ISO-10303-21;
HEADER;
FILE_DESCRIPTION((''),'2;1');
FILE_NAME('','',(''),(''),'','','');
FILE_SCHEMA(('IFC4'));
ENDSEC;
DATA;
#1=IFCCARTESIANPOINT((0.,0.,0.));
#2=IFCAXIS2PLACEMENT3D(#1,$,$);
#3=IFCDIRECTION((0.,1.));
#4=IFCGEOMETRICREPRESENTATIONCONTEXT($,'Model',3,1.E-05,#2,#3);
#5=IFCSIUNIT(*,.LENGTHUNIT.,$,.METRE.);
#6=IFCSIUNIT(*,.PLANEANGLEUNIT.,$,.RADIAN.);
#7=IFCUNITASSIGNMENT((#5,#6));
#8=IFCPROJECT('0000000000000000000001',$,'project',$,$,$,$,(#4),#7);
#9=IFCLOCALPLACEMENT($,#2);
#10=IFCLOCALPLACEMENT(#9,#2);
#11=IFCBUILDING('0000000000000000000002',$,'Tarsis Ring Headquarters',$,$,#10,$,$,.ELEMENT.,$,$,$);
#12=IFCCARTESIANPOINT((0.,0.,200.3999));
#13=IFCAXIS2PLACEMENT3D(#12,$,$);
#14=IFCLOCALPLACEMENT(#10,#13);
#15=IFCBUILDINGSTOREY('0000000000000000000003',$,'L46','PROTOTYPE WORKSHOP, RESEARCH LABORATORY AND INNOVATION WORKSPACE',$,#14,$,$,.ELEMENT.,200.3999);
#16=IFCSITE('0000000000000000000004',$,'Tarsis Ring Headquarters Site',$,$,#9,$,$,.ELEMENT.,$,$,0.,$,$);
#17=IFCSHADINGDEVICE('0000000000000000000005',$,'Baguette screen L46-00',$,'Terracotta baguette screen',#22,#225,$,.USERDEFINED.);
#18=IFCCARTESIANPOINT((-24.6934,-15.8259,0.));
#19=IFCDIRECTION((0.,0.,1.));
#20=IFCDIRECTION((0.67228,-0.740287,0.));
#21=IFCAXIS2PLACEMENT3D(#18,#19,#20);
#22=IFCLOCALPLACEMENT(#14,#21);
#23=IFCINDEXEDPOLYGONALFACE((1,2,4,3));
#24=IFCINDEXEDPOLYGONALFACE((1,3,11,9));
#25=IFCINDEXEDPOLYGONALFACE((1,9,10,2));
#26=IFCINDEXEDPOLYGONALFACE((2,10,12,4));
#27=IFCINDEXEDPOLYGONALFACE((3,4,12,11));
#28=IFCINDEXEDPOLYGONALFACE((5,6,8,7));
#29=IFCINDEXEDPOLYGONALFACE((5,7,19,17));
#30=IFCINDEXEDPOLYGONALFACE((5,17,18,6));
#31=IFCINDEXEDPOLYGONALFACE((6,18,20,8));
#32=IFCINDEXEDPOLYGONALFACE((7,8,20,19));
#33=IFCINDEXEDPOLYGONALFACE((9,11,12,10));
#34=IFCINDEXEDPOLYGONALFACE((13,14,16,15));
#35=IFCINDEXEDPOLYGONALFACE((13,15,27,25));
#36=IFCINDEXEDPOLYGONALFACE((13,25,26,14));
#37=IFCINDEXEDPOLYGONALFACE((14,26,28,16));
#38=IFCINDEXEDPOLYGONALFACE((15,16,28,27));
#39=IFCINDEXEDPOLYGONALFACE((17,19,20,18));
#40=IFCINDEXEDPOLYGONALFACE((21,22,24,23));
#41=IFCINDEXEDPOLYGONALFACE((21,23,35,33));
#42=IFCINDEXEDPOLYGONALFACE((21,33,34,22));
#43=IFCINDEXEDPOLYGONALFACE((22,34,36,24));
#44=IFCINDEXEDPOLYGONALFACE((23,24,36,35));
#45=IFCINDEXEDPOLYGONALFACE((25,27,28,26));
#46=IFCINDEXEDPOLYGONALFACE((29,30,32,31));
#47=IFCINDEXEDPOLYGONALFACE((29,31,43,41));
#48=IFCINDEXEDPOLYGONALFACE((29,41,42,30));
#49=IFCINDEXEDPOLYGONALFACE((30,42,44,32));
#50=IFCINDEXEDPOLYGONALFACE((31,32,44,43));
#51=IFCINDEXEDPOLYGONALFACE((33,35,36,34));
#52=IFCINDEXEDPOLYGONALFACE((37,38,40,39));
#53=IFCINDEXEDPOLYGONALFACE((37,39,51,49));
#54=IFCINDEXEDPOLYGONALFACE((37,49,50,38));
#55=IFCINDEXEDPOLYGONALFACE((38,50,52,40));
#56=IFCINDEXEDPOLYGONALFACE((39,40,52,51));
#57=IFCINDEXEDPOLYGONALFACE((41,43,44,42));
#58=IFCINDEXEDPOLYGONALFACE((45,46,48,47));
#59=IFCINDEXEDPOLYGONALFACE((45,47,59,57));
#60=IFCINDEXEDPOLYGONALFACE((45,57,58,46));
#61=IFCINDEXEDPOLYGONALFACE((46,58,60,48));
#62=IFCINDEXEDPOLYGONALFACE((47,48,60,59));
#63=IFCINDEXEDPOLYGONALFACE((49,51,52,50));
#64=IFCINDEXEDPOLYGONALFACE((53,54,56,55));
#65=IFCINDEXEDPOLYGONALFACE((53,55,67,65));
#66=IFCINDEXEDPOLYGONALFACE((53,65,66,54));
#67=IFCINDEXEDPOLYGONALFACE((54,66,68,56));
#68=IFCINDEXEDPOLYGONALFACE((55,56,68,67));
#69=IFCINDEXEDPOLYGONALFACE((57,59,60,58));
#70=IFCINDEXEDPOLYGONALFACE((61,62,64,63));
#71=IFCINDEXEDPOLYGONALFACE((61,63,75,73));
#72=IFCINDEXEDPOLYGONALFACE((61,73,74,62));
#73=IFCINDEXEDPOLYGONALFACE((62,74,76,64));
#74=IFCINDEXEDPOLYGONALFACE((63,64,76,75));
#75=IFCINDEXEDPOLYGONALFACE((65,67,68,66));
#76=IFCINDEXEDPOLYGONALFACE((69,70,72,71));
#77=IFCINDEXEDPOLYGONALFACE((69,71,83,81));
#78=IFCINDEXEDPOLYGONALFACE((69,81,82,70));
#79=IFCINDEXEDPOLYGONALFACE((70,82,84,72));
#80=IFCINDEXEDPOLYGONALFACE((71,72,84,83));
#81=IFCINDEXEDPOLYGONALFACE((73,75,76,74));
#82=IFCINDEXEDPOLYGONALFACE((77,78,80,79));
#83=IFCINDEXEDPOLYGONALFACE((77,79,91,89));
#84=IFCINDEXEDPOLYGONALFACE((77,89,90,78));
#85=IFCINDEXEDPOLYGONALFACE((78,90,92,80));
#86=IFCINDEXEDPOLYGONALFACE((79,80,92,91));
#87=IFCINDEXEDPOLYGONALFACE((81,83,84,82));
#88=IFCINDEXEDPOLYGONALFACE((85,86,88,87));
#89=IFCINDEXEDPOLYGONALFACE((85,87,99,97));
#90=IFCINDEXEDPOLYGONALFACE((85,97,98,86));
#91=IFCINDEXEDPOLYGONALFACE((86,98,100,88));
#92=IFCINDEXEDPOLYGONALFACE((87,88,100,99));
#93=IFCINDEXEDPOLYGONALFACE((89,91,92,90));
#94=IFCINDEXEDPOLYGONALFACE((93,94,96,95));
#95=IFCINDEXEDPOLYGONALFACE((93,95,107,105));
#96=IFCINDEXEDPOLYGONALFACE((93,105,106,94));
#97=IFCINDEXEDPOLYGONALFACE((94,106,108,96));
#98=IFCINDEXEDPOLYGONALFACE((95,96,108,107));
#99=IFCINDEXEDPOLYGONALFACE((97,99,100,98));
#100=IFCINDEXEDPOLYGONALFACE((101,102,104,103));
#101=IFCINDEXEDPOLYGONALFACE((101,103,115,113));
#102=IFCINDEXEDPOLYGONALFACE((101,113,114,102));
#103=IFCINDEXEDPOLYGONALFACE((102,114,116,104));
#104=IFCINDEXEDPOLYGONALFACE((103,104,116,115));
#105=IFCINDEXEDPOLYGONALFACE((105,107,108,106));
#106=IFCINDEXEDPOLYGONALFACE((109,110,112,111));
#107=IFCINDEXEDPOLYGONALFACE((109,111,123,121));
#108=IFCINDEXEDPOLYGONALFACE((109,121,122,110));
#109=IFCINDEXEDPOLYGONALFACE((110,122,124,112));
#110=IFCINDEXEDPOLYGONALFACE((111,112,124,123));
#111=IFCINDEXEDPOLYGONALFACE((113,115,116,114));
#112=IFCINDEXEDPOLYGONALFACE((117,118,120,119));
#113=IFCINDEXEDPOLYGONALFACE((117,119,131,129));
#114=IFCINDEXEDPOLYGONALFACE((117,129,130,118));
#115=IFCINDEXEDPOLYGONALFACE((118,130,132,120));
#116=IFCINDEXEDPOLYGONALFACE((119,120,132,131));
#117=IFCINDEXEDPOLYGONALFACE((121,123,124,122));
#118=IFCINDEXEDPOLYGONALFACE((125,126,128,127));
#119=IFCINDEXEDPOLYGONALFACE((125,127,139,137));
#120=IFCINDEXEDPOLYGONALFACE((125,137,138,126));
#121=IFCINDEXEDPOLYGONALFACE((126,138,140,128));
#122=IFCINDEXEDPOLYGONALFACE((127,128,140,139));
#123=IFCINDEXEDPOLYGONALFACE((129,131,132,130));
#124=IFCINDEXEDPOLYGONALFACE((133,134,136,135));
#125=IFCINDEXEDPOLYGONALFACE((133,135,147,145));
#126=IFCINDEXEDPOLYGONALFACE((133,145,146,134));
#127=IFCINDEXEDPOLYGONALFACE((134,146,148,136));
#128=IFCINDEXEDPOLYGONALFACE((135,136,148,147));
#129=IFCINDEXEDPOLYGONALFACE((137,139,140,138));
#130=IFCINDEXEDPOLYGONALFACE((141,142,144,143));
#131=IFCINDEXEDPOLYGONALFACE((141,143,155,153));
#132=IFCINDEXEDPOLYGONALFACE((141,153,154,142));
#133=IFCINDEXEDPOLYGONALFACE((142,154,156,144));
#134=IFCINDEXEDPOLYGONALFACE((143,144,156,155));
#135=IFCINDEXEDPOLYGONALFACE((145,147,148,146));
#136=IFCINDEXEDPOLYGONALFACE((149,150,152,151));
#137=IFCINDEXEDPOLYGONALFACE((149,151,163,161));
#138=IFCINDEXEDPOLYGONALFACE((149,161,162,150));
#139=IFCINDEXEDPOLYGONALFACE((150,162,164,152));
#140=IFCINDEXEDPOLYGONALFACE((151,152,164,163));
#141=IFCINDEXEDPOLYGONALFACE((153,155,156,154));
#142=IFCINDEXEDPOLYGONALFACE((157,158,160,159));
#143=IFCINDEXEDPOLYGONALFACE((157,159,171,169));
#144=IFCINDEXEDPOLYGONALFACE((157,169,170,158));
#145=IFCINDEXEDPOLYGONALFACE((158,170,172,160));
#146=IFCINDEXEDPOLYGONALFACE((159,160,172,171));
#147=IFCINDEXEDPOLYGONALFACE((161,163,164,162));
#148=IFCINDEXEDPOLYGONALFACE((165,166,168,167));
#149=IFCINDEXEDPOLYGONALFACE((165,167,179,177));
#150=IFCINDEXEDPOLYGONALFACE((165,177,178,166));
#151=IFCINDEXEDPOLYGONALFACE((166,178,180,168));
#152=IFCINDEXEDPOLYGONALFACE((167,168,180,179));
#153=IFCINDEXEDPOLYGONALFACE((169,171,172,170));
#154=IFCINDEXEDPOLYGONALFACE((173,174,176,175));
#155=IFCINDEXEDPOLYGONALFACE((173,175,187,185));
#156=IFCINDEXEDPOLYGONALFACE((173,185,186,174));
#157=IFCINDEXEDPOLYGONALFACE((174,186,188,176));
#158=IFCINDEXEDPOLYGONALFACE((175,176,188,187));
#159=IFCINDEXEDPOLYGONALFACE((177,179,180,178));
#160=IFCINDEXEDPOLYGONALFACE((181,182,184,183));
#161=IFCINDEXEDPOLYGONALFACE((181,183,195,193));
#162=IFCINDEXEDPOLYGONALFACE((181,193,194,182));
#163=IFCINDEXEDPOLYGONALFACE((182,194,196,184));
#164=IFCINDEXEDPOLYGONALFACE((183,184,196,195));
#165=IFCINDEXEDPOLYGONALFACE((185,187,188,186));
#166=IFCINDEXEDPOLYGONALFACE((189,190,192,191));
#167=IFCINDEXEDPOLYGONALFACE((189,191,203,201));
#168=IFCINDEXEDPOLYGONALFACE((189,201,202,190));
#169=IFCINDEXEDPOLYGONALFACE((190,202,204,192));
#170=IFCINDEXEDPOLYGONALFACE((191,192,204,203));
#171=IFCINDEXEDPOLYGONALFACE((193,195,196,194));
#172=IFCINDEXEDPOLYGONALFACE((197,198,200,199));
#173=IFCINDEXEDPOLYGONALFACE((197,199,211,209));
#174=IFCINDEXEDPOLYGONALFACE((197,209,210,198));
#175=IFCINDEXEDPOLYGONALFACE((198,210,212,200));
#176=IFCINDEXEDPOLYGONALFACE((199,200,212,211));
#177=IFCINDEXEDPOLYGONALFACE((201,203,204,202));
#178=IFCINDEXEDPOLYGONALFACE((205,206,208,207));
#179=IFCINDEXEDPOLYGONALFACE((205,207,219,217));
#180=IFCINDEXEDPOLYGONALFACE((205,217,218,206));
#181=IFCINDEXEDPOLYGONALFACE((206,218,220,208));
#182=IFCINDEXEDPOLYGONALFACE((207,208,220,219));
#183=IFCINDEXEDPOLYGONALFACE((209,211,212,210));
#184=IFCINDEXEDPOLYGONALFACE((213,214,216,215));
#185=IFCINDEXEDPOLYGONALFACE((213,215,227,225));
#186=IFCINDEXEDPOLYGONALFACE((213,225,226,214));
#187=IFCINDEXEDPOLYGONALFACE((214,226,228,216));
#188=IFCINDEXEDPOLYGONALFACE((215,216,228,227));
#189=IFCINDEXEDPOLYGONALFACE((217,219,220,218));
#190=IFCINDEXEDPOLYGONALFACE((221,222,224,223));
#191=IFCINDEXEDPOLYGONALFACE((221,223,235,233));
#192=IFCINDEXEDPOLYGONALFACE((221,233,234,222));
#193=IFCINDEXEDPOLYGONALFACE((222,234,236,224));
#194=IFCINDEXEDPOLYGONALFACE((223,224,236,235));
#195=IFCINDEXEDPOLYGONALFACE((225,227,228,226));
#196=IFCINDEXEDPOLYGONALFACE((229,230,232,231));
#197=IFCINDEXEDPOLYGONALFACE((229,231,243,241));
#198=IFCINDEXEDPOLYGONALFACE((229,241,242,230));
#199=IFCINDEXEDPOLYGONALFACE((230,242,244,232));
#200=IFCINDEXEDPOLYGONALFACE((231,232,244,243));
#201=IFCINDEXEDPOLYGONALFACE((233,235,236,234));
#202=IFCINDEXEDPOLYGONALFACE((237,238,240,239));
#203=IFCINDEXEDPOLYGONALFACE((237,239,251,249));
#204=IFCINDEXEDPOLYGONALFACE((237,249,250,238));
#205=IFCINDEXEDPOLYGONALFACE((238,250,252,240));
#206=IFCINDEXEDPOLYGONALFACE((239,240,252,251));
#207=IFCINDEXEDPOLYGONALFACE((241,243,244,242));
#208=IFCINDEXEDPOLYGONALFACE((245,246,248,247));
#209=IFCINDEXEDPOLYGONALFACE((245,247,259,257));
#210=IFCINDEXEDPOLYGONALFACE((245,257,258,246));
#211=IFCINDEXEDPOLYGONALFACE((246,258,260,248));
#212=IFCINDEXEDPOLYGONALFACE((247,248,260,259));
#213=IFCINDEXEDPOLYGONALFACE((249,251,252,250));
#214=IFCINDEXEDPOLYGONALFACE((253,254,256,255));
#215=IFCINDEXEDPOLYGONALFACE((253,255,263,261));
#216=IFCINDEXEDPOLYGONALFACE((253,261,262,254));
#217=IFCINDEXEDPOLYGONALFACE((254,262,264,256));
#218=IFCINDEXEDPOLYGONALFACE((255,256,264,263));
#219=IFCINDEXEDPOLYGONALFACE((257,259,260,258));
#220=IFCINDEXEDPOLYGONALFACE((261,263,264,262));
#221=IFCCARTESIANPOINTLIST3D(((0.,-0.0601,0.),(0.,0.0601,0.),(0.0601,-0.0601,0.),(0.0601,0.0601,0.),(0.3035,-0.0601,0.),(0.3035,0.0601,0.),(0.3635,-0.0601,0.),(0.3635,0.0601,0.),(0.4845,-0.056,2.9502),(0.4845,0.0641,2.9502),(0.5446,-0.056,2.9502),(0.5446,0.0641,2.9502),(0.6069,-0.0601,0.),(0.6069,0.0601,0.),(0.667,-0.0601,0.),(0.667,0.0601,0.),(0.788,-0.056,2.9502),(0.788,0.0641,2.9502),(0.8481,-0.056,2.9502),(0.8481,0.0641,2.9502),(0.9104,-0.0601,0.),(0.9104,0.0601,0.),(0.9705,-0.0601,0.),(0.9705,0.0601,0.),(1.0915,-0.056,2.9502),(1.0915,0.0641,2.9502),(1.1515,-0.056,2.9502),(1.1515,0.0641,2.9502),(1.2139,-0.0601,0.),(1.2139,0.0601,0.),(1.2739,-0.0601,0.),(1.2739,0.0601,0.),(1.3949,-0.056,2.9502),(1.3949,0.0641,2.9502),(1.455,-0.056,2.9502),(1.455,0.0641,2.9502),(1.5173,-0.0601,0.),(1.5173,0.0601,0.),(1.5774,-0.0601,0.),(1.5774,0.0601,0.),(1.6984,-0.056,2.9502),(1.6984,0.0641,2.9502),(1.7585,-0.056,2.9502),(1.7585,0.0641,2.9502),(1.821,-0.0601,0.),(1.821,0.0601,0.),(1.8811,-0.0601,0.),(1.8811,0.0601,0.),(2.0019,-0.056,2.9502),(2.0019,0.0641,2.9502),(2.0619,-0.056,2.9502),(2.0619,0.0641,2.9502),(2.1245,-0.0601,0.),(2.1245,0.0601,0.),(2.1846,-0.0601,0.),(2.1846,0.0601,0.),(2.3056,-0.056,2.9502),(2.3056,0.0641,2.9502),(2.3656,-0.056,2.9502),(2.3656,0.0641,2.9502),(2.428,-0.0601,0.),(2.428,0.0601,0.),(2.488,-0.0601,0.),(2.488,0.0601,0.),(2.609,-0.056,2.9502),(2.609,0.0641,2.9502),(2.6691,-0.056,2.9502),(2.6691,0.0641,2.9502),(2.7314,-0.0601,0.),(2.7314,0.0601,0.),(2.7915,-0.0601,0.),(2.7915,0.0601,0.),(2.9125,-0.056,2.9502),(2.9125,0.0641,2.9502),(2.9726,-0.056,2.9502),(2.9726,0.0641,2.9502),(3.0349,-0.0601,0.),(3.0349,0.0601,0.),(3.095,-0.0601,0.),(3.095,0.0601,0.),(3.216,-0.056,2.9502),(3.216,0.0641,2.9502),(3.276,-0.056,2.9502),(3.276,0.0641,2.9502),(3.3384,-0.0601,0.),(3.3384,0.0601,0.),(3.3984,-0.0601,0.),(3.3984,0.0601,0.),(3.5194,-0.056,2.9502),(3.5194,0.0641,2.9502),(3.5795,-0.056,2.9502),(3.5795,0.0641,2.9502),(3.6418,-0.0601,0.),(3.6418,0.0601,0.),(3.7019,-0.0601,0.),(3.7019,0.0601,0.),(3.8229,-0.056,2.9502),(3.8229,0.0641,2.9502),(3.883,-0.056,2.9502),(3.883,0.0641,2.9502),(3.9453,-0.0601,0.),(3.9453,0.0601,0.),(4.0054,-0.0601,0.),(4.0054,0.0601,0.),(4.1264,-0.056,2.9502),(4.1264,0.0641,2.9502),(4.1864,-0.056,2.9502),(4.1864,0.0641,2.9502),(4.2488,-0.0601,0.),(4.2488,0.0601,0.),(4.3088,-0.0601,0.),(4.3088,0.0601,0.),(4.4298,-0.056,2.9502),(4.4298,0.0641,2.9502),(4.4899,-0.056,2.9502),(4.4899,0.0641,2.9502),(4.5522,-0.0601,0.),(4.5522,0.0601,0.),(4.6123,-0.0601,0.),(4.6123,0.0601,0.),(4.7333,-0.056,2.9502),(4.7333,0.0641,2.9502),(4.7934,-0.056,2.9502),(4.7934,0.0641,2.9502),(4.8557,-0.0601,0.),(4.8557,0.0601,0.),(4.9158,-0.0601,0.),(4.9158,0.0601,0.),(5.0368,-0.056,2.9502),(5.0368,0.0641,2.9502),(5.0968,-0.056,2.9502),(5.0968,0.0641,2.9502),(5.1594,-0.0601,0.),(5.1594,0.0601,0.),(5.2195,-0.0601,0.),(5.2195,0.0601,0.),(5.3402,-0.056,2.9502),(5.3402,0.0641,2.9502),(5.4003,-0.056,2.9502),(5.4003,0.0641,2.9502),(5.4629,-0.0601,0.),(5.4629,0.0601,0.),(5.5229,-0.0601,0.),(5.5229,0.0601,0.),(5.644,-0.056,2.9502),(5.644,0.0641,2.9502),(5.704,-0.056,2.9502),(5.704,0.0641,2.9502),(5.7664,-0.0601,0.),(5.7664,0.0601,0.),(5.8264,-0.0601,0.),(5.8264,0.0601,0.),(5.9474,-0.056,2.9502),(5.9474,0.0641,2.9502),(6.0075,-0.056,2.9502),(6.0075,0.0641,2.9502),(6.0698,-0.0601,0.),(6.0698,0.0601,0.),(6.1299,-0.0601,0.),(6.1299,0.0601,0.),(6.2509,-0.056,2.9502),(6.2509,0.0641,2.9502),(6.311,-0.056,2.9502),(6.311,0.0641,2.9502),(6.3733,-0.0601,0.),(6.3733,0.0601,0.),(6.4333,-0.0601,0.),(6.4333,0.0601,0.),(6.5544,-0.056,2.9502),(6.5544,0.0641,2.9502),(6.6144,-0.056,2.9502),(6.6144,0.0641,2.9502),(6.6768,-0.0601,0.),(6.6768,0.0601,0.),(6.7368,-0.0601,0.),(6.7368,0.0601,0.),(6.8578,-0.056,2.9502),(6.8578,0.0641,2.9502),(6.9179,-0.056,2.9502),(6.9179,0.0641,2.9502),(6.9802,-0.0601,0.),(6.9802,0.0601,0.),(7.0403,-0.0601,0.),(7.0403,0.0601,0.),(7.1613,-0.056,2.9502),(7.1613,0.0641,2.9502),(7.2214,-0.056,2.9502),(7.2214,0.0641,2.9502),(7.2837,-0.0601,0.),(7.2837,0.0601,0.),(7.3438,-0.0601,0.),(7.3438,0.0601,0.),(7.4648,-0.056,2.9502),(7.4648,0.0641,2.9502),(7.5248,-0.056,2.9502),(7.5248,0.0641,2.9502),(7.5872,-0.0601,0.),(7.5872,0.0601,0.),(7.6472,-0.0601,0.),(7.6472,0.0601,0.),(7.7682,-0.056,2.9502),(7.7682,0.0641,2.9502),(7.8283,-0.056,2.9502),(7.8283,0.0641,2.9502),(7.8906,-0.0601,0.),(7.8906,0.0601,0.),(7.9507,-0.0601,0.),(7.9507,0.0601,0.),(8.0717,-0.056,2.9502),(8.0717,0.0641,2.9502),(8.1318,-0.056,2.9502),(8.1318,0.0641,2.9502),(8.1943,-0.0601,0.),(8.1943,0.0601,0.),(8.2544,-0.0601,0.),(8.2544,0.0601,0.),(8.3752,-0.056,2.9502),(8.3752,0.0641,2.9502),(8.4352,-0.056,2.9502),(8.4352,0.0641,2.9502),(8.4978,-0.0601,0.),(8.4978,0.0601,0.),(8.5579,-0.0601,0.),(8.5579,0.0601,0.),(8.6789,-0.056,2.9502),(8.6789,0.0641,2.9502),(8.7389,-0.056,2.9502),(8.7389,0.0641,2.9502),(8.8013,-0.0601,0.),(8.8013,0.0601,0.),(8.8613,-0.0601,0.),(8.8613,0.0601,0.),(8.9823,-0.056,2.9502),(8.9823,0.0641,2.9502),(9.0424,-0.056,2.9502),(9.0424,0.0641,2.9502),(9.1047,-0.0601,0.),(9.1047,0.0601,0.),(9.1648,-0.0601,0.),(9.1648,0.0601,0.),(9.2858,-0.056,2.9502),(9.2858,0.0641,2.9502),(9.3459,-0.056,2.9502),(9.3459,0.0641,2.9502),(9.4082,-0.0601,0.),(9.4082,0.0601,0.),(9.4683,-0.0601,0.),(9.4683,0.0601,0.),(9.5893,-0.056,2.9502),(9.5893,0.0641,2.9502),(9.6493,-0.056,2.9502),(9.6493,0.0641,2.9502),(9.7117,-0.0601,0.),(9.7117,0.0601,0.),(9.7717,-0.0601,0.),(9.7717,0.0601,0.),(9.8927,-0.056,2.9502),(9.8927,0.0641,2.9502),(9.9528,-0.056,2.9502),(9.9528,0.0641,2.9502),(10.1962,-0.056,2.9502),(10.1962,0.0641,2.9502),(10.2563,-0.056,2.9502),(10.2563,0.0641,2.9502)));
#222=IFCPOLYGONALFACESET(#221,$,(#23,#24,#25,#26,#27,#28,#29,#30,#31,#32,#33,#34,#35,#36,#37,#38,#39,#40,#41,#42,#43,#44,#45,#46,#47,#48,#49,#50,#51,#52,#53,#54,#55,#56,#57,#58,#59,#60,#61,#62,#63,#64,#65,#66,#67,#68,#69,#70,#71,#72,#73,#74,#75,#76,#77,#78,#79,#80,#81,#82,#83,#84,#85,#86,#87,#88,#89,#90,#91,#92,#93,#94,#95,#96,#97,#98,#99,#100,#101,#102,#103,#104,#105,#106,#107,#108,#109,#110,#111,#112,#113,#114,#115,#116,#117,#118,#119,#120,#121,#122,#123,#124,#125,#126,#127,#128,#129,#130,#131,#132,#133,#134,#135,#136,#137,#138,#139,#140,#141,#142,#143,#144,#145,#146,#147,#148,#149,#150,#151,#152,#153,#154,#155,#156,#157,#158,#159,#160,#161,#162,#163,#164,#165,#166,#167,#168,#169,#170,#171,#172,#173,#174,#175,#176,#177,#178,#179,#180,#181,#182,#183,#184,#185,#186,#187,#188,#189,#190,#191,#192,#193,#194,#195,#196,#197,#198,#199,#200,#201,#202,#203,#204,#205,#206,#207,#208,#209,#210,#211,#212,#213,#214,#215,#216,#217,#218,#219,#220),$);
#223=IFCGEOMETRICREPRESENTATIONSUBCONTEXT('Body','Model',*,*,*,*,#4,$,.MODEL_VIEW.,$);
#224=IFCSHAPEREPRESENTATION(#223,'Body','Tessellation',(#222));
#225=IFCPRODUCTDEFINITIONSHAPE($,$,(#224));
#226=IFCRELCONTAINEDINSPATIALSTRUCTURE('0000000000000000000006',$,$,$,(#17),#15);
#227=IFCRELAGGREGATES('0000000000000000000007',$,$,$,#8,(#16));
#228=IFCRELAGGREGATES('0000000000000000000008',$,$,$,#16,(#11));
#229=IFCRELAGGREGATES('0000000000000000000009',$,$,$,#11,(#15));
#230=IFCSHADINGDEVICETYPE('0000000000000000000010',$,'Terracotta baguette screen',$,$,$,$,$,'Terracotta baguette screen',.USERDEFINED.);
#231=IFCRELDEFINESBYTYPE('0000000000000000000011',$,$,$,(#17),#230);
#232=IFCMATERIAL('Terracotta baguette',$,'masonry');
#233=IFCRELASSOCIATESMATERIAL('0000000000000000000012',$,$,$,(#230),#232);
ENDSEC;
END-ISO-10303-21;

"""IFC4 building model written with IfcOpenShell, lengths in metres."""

from ifc_helpers import new_model, si_unit, direction, frame, frame_2d, origin, place, context, subcontext, project, spatial, rectangle, composite_profile, extrude, material, type_object, element, save


model = new_model("IFC4")

# Units and contexts
model_context = context("Model", 3, precision=1e-05, world=origin(), true_north=direction((0.0, 1.0)))
body_context = subcontext(model_context, "Body", "Model", "MODEL_VIEW")
ifc_project = project(units=[si_unit("LENGTHUNIT", "METRE"), si_unit("PLANEANGLEUNIT", "RADIAN")], contexts=[model_context])

# Site, building, storey
site_placement = place(None, origin())
site = spatial("IfcSite", under=ifc_project, at=site_placement, Name="Tarsis Ring Headquarters Site", CompositionType="ELEMENT", RefElevation=0.0)
building_placement = place(site_placement, origin())
building = spatial("IfcBuilding", under=site, at=building_placement, Name="Tarsis Ring Headquarters", CompositionType="ELEMENT")
storey_placement = place(building_placement, frame((0.0, 0.0, 200.3999)))
storey = spatial("IfcBuildingStorey", under=building, at=storey_placement, Name="L46", Description="PROTOTYPE WORKSHOP, RESEARCH LABORATORY AND INNOVATION WORKSPACE", CompositionType="ELEMENT", Elevation=200.3999)

# Shading device
ifc_material_1 = material(Name="Terracotta baguette", Category="masonry")
shading_device_type = type_object("IfcShadingDeviceType", Name="Terracotta baguette screen", ElementType="Terracotta baguette screen", PredefinedType="USERDEFINED", material=ifc_material_1)
shading_device_1_placement = place(storey_placement, frame((-24.6934, -15.8259, 0.0), z_axis=(0.0, 0.0, 1.0), x_axis=(0.67228, -0.740287, 0.0)))
element("IfcShadingDevice", 1, at=shading_device_1_placement, inside=storey, type_object=shading_device_type, Name="Baguette screen L46-00", ObjectType="Terracotta baguette screen", PredefinedType="USERDEFINED", context=body_context, shape_type="SweptSolid", body=[
    extrude(composite_profile([rectangle(XDim=0.0601, YDim=0.1201, at=frame_2d((0.03, 0.0))), rectangle(XDim=0.0601, YDim=0.1201, at=frame_2d((0.3335, 0.0))), rectangle(XDim=0.0601, YDim=0.1201, at=frame_2d((0.637, 0.0))), rectangle(XDim=0.0601, YDim=0.1201, at=frame_2d((0.9404, 0.0))), rectangle(XDim=0.0601, YDim=0.1201, at=frame_2d((1.2439, 0.0))), rectangle(XDim=0.0601, YDim=0.1201, at=frame_2d((1.5474, 0.0))), rectangle(XDim=0.0601, YDim=0.1201, at=frame_2d((1.8511, 0.0))), rectangle(XDim=0.0601, YDim=0.1201, at=frame_2d((2.1545, 0.0))), rectangle(XDim=0.0601, YDim=0.1201, at=frame_2d((2.458, 0.0))), rectangle(XDim=0.0601, YDim=0.1201, at=frame_2d((2.7615, 0.0))), rectangle(XDim=0.0601, YDim=0.1201, at=frame_2d((3.0649, 0.0))), rectangle(XDim=0.0601, YDim=0.1201, at=frame_2d((3.3684, 0.0))), rectangle(XDim=0.0601, YDim=0.1201, at=frame_2d((3.6719, 0.0))), rectangle(XDim=0.0601, YDim=0.1201, at=frame_2d((3.9753, 0.0))), rectangle(XDim=0.0601, YDim=0.1201, at=frame_2d((4.2788, 0.0))), rectangle(XDim=0.0601, YDim=0.1201, at=frame_2d((4.5823, 0.0))), rectangle(XDim=0.0601, YDim=0.1201, at=frame_2d((4.8857, 0.0))), rectangle(XDim=0.0601, YDim=0.1201, at=frame_2d((5.1895, 0.0))), rectangle(XDim=0.0601, YDim=0.1201, at=frame_2d((5.4929, 0.0))), rectangle(XDim=0.0601, YDim=0.1201, at=frame_2d((5.7964, 0.0))), rectangle(XDim=0.0601, YDim=0.1201, at=frame_2d((6.0999, 0.0))), rectangle(XDim=0.0601, YDim=0.1201, at=frame_2d((6.4033, 0.0))), rectangle(XDim=0.0601, YDim=0.1201, at=frame_2d((6.7068, 0.0))), rectangle(XDim=0.0601, YDim=0.1201, at=frame_2d((7.0103, 0.0))), rectangle(XDim=0.0601, YDim=0.1201, at=frame_2d((7.3137, 0.0))), rectangle(XDim=0.0601, YDim=0.1201, at=frame_2d((7.6172, 0.0))), rectangle(XDim=0.0601, YDim=0.1201, at=frame_2d((7.9207, 0.0))), rectangle(XDim=0.0601, YDim=0.1201, at=frame_2d((8.2244, 0.0))), rectangle(XDim=0.0601, YDim=0.1201, at=frame_2d((8.5278, 0.0))), rectangle(XDim=0.0601, YDim=0.1201, at=frame_2d((8.8313, 0.0))), rectangle(XDim=0.0601, YDim=0.1201, at=frame_2d((9.1348, 0.0))), rectangle(XDim=0.0601, YDim=0.1201, at=frame_2d((9.4382, 0.0))), rectangle(XDim=0.0601, YDim=0.1201, at=frame_2d((9.7417, 0.0)))]), origin(), (0.162065, 0.001361, 0.986779), 2.9897),
])

save(model, "model.ifc")
